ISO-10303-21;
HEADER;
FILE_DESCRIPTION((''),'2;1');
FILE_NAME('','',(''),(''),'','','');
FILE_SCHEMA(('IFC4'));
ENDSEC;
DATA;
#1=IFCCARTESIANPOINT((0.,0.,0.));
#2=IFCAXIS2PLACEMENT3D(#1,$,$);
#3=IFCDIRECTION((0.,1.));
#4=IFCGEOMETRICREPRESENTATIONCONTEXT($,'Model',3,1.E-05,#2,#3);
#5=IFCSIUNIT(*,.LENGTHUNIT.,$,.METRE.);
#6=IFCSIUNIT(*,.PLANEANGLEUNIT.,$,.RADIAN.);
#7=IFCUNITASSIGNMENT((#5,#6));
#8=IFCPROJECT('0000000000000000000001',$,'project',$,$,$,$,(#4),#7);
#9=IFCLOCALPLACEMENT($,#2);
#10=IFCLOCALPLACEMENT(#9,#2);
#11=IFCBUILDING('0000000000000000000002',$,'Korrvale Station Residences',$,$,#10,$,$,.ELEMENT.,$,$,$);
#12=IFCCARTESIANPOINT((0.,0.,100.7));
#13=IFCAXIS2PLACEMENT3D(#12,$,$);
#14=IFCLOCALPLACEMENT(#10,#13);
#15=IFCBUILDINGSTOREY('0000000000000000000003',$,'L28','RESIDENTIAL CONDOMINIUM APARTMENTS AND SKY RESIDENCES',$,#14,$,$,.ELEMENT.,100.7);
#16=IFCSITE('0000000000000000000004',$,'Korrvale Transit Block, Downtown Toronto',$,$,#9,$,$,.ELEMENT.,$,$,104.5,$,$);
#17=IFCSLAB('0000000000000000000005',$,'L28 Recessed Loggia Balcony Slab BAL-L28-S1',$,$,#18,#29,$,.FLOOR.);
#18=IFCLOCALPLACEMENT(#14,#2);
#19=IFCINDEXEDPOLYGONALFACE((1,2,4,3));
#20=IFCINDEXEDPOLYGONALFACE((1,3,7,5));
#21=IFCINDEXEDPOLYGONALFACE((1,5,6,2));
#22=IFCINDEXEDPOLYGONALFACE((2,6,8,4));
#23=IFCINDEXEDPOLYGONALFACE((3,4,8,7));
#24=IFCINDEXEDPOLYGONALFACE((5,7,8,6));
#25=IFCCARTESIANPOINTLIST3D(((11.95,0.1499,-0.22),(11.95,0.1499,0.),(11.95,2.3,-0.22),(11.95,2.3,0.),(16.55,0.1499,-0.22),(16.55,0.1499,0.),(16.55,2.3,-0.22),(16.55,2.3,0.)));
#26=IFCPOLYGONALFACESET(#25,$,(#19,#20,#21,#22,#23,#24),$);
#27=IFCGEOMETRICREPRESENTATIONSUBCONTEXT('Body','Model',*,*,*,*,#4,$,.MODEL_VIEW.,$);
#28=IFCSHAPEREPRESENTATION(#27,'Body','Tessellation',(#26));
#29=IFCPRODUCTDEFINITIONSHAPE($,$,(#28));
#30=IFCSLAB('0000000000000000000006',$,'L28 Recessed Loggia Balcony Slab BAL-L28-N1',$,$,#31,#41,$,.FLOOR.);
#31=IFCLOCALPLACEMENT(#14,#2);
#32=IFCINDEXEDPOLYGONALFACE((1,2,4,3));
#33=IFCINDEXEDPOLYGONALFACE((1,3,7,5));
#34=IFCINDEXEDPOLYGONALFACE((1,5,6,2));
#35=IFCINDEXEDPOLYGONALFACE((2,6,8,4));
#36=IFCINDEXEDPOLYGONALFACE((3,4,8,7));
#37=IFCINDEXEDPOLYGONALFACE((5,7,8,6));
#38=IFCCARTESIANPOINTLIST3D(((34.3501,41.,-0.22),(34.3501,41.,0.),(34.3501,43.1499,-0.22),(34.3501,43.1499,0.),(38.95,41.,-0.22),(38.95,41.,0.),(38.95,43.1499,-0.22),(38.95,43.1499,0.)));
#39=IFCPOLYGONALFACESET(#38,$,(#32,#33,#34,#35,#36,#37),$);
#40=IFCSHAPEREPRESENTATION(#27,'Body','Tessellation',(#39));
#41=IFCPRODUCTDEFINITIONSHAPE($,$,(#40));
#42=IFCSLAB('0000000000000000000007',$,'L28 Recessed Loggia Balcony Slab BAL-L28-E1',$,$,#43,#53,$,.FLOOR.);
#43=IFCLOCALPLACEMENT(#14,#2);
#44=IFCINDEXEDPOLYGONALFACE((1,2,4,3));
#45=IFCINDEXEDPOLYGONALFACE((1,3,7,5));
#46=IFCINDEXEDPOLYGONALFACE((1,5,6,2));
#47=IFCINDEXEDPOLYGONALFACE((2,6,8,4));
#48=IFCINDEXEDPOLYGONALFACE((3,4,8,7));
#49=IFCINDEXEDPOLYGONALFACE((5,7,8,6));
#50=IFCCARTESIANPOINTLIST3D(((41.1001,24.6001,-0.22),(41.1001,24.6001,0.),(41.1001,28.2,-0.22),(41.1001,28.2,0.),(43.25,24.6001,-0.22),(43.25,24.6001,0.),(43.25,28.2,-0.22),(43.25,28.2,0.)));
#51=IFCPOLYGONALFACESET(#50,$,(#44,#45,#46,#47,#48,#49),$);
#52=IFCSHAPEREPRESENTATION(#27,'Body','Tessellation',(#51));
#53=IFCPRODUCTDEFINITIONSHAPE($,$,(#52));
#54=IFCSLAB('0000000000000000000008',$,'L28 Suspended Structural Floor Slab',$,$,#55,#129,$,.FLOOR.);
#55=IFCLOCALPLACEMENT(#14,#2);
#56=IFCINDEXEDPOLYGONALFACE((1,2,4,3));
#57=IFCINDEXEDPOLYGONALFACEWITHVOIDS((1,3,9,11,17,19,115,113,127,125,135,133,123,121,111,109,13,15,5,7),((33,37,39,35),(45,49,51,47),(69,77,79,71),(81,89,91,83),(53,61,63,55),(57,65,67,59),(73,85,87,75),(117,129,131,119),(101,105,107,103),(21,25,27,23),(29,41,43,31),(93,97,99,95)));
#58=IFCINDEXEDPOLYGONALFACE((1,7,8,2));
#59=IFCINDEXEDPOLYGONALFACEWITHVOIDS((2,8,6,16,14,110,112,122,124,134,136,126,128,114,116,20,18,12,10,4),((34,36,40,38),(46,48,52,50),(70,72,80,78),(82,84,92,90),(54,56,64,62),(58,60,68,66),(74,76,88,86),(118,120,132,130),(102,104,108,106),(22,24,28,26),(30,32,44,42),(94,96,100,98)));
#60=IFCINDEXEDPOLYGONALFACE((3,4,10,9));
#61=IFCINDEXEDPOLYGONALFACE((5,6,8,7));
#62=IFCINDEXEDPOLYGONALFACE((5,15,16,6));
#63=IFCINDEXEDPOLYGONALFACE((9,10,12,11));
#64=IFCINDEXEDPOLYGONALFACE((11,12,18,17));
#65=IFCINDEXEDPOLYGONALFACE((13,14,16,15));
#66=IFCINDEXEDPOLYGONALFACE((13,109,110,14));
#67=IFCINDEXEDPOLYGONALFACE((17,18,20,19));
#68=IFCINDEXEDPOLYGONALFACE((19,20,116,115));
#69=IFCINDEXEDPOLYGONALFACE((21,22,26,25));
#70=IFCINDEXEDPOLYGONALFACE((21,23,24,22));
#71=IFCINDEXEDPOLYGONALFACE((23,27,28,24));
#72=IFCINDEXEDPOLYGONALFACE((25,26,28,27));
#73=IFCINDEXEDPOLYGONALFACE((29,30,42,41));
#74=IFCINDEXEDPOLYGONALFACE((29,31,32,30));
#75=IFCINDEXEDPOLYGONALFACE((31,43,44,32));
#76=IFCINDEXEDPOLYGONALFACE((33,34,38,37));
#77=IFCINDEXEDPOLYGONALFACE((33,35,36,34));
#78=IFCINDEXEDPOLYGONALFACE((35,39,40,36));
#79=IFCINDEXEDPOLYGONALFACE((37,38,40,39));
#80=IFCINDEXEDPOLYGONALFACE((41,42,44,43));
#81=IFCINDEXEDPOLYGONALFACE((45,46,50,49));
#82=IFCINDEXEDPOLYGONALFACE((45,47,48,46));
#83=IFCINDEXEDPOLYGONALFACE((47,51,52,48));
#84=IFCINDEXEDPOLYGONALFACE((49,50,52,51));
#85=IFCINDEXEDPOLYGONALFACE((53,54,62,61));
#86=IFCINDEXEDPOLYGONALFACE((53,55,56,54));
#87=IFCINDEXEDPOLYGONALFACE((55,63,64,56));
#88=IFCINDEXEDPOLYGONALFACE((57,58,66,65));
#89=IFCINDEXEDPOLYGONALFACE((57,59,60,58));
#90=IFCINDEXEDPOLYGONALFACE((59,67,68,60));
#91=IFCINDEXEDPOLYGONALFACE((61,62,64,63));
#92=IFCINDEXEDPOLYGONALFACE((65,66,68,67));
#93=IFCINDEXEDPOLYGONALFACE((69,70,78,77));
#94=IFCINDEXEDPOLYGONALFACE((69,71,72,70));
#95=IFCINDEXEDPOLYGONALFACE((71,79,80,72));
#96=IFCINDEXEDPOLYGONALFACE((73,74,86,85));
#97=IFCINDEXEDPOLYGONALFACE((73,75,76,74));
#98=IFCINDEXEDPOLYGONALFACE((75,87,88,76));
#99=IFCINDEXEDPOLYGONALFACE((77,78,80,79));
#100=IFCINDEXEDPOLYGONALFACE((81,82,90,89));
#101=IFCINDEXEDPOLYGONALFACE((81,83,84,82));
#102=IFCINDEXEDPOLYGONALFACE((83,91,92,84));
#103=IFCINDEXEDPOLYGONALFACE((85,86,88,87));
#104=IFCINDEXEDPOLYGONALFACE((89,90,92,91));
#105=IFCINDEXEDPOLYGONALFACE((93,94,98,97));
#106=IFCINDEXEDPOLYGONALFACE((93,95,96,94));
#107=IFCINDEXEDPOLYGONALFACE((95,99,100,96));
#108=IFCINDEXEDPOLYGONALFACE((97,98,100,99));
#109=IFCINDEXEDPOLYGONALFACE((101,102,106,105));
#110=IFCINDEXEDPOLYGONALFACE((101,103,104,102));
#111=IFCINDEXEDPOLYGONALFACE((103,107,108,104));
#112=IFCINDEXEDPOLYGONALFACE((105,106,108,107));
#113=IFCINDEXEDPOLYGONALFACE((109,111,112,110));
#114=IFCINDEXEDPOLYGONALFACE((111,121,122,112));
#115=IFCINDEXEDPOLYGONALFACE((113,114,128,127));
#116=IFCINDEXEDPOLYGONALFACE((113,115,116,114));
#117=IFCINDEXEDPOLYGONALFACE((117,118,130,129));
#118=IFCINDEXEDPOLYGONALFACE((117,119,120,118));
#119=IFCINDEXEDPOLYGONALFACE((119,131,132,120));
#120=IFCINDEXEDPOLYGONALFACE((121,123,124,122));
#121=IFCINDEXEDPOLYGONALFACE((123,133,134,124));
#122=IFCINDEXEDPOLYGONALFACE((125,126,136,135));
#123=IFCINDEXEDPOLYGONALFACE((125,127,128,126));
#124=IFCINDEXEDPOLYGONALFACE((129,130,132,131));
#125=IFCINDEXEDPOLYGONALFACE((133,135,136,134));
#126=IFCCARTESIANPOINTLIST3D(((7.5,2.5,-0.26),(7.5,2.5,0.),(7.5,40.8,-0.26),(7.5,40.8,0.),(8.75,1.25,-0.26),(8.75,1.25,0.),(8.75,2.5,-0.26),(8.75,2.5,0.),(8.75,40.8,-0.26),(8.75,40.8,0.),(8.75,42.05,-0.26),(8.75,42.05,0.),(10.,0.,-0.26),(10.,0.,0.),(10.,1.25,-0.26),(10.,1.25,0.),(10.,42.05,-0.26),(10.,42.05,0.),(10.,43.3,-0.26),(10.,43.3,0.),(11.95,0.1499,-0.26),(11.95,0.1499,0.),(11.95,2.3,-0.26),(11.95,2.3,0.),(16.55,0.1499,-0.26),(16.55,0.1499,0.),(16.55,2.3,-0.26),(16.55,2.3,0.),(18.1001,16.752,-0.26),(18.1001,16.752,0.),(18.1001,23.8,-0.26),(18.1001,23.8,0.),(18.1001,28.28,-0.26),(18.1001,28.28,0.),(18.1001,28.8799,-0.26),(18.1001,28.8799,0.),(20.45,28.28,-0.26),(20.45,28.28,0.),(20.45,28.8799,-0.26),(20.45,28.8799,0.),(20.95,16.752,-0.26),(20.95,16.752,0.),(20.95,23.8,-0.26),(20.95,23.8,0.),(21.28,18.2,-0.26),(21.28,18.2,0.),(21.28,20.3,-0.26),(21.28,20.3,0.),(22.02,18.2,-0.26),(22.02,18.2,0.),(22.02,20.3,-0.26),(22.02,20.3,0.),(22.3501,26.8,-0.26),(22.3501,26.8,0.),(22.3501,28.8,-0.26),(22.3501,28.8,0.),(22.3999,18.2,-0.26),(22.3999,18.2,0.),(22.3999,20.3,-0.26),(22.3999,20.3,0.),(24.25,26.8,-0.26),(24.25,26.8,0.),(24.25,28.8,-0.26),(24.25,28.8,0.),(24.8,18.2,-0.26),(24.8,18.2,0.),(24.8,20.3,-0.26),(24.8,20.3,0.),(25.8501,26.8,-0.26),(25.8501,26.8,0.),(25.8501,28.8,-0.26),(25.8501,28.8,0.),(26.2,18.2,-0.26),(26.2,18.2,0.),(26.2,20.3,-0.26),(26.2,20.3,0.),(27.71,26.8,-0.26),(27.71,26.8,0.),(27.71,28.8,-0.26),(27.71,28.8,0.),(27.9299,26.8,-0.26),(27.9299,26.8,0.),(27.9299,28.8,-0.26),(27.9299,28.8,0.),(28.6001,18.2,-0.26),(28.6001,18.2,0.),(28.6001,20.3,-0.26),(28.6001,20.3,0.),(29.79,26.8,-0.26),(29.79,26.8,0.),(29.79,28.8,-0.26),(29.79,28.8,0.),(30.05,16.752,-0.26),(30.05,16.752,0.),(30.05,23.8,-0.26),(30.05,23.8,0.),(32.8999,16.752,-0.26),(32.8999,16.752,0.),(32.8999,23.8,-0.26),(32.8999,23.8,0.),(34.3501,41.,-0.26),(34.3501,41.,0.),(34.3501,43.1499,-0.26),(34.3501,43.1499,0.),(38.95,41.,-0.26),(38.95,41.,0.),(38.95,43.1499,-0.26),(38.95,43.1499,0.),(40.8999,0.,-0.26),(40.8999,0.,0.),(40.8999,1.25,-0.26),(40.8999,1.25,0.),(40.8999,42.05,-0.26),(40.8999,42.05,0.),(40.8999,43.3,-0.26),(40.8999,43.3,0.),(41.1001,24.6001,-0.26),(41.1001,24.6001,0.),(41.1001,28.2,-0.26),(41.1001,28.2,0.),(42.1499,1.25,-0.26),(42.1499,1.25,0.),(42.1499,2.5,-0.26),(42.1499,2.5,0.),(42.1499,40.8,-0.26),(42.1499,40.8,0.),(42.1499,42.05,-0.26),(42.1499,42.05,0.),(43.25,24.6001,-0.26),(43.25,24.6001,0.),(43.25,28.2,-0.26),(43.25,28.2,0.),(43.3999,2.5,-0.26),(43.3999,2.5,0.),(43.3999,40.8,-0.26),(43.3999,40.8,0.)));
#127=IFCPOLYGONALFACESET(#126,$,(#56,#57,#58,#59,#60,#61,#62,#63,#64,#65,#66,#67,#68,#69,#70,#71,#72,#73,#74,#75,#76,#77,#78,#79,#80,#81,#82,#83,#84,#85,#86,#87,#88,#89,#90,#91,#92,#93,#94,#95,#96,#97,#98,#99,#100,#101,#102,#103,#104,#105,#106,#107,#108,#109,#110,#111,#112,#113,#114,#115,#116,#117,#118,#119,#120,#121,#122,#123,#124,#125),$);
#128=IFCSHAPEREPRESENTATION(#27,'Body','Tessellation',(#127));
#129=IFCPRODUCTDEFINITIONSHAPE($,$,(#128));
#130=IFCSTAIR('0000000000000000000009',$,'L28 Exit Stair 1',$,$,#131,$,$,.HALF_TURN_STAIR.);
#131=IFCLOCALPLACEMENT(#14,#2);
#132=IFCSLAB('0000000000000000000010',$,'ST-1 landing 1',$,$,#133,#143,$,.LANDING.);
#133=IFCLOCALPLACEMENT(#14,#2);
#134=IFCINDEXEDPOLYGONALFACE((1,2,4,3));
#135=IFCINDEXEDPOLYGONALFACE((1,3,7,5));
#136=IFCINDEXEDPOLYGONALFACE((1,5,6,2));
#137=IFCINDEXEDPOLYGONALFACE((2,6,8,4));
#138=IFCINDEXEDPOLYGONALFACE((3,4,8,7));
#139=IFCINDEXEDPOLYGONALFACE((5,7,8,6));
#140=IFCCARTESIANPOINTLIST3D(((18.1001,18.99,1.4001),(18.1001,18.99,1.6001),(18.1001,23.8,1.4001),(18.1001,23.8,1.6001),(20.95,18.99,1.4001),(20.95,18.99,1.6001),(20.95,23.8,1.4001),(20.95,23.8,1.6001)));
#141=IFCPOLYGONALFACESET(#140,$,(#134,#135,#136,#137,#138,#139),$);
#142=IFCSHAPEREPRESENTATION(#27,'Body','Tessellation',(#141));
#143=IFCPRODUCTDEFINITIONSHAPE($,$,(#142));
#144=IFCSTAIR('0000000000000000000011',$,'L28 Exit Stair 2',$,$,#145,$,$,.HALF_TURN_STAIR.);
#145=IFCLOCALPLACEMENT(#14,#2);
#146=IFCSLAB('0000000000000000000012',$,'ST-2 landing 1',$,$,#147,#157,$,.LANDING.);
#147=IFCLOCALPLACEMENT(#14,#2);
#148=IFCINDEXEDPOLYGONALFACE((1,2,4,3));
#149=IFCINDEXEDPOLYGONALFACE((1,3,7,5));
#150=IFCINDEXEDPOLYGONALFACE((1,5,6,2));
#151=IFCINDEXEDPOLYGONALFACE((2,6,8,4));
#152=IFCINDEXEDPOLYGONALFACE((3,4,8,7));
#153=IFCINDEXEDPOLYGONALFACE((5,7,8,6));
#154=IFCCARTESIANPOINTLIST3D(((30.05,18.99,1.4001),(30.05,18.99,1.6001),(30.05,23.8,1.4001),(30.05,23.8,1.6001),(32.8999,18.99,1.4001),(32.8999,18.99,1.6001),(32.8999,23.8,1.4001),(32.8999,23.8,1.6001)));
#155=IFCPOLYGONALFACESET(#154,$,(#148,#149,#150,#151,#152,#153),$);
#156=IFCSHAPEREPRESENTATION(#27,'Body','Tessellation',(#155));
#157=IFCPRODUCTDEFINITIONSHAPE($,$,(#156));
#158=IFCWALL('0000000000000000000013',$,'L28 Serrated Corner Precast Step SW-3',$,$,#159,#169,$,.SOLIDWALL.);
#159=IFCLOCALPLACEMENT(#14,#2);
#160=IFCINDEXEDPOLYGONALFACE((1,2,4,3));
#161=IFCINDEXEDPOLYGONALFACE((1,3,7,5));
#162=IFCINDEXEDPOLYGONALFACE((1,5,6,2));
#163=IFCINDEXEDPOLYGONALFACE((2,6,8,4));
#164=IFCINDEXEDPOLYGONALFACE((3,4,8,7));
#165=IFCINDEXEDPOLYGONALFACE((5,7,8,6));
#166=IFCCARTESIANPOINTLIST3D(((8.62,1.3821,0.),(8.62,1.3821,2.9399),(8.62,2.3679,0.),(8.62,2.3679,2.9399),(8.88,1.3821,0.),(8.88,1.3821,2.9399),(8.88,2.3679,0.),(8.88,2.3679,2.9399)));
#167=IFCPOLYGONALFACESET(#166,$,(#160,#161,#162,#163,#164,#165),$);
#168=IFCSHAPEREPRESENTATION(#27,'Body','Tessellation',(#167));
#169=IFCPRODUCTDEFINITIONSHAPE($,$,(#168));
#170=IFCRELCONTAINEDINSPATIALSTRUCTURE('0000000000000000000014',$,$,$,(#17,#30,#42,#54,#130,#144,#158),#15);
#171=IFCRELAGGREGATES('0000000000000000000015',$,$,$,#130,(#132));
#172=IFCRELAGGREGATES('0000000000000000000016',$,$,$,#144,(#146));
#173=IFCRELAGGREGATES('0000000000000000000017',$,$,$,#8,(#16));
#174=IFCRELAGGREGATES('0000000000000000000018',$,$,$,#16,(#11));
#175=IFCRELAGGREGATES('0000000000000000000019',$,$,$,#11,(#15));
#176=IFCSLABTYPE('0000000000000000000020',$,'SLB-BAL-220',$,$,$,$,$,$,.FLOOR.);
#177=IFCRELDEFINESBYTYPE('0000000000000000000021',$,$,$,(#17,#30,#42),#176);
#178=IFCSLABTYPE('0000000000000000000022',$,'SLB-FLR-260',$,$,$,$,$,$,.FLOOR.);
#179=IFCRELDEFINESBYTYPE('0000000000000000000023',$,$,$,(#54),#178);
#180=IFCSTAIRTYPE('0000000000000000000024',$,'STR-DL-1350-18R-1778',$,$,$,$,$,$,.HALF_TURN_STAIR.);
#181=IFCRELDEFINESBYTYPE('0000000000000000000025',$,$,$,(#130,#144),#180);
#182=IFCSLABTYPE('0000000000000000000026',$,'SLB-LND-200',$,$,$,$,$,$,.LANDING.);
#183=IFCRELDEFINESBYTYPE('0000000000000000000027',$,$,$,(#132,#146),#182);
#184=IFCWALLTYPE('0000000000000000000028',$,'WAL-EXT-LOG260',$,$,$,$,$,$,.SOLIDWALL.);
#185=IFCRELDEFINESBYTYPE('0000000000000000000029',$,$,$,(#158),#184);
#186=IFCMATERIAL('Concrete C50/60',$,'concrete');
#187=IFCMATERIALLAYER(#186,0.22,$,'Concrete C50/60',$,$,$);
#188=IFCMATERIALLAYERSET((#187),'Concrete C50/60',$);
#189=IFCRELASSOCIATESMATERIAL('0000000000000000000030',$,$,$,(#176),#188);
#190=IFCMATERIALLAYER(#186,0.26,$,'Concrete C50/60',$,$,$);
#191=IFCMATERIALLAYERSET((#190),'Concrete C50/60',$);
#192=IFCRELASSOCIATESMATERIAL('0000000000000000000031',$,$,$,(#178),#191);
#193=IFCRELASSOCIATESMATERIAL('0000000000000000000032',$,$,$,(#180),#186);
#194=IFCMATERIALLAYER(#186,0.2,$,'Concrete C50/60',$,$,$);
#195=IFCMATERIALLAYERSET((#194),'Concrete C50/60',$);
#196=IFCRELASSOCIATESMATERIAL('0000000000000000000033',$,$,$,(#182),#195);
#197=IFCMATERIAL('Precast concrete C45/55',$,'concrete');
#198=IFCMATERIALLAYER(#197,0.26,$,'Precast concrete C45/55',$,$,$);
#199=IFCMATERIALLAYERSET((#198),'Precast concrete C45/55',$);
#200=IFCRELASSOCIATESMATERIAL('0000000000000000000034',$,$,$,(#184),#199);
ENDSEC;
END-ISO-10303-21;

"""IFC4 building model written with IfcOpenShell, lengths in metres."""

from ifc_helpers import new_model, si_unit, direction, frame, frame_2d, origin, place, context, subcontext, project, spatial, polyline, rectangle, outline, extrude, material, layer, layer_set, type_object, element, aggregate, save


model = new_model("IFC4")

# Units and contexts
model_context = context("Model", 3, precision=1e-05, world=origin(), true_north=direction((0.0, 1.0)))
body_context = subcontext(model_context, "Body", "Model", "MODEL_VIEW")
ifc_project = project(units=[si_unit("LENGTHUNIT", "METRE"), si_unit("PLANEANGLEUNIT", "RADIAN")], contexts=[model_context])

# Site, building, storey
site_placement = place(None, origin())
site = spatial("IfcSite", under=ifc_project, at=site_placement, Name="Korrvale Transit Block, Downtown Toronto", CompositionType="ELEMENT", RefElevation=104.5)
building_placement = place(site_placement, origin())
building = spatial("IfcBuilding", under=site, at=building_placement, Name="Korrvale Station Residences", CompositionType="ELEMENT")
storey_placement = place(building_placement, frame((0.0, 0.0, 100.7)))
storey = spatial("IfcBuildingStorey", under=building, at=storey_placement, Name="L28", Description="RESIDENTIAL CONDOMINIUM APARTMENTS AND SKY RESIDENCES", CompositionType="ELEMENT", Elevation=100.7)

# Slabs
ifc_material_1 = material(Name="Concrete C50/60", Category="concrete")
ifc_layer_1 = layer(ifc_material_1, 0.22, Name="Concrete C50/60")
ifc_layer_set_1 = layer_set([ifc_layer_1], Name="Concrete C50/60")
slab_type_1 = type_object("IfcSlabType", Name="SLB-BAL-220", PredefinedType="FLOOR", material=ifc_layer_set_1)
slab_1_placement = place(storey_placement, frame((0.0, 0.0, -0.22)))
element("IfcSlab", 1, at=slab_1_placement, inside=storey, type_object=slab_type_1, Name="L28 Recessed Loggia Balcony Slab BAL-L28-S1", PredefinedType="FLOOR", context=body_context, shape_type="SweptSolid", body=[
    extrude(outline(polyline([(11.95, 0.1499), (16.55, 0.1499), (16.55, 2.3), (11.95, 2.3), (11.95, 0.1499)])), origin(), (0.0, 0.0, 1.0), 0.22),
])
slab_2_placement = place(storey_placement, frame((0.0, 0.0, -0.22)))
element("IfcSlab", 2, at=slab_2_placement, inside=storey, type_object=slab_type_1, Name="L28 Recessed Loggia Balcony Slab BAL-L28-N1", PredefinedType="FLOOR", context=body_context, shape_type="SweptSolid", body=[
    extrude(outline(polyline([(34.3501, 41.0), (38.95, 41.0), (38.95, 43.1499), (34.3501, 43.1499), (34.3501, 41.0)])), origin(), (0.0, 0.0, 1.0), 0.22),
])
slab_3_placement = place(storey_placement, frame((0.0, 0.0, -0.22)))
element("IfcSlab", 3, at=slab_3_placement, inside=storey, type_object=slab_type_1, Name="L28 Recessed Loggia Balcony Slab BAL-L28-E1", PredefinedType="FLOOR", context=body_context, shape_type="SweptSolid", body=[
    extrude(outline(polyline([(41.1001, 24.6001), (43.25, 24.6001), (43.25, 28.2), (41.1001, 28.2), (41.1001, 24.6001)])), origin(), (0.0, 0.0, 1.0), 0.22),
])
ifc_layer_2 = layer(ifc_material_1, 0.26, Name="Concrete C50/60")
ifc_layer_set_2 = layer_set([ifc_layer_2], Name="Concrete C50/60")
slab_type_2 = type_object("IfcSlabType", Name="SLB-FLR-260", PredefinedType="FLOOR", material=ifc_layer_set_2)
slab_4_placement = place(storey_placement, frame((0.0, 0.0, -0.26)))
element("IfcSlab", 4, at=slab_4_placement, inside=storey, type_object=slab_type_2, Name="L28 Suspended Structural Floor Slab", PredefinedType="FLOOR", context=body_context, shape_type="SweptSolid", body=[
    extrude(outline(polyline([(10.0, 0.0), (40.8999, 0.0), (40.8999, 1.25), (42.1499, 1.25), (42.1499, 2.5), (43.3999, 2.5), (43.3999, 40.8), (42.1499, 40.8), (42.1499, 42.05), (40.8999, 42.05), (40.8999, 43.3), (10.0, 43.3), (10.0, 42.05), (8.75, 42.05), (8.75, 40.8), (7.5, 40.8), (7.5, 2.5), (8.75, 2.5), (8.75, 1.25), (10.0, 1.25), (10.0, 0.0)]), holes=[polyline([(20.95, 16.752), (20.95, 23.8), (18.1001, 23.8), (18.1001, 16.752), (20.95, 16.752)]), polyline([(32.8999, 16.752), (32.8999, 23.8), (30.05, 23.8), (30.05, 16.752), (32.8999, 16.752)]), polyline([(22.3501, 26.8), (24.25, 26.8), (24.25, 28.8), (22.3501, 28.8), (22.3501, 26.8)]), polyline([(25.8501, 26.8), (27.71, 26.8), (27.71, 28.8), (25.8501, 28.8), (25.8501, 26.8)]), polyline([(27.9299, 26.8), (29.79, 26.8), (29.79, 28.8), (27.9299, 28.8), (27.9299, 26.8)]), polyline([(22.3999, 18.2), (24.8, 18.2), (24.8, 20.3), (22.3999, 20.3), (22.3999, 18.2)]), polyline([(26.2, 18.2), (28.6001, 18.2), (28.6001, 20.3), (26.2, 20.3), (26.2, 18.2)]), polyline([(18.1001, 28.28), (20.45, 28.28), (20.45, 28.8799), (18.1001, 28.8799), (18.1001, 28.28)]), polyline([(21.28, 18.2), (22.02, 18.2), (22.02, 20.3), (21.28, 20.3), (21.28, 18.2)]), polyline([(11.95, 0.1499), (16.55, 0.1499), (16.55, 2.3), (11.95, 2.3), (11.95, 0.1499)]), polyline([(34.3501, 41.0), (38.95, 41.0), (38.95, 43.1499), (34.3501, 43.1499), (34.3501, 41.0)]), polyline([(41.1001, 24.6001), (43.25, 24.6001), (43.25, 28.2), (41.1001, 28.2), (41.1001, 24.6001)])]), origin(), (0.0, 0.0, 1.0), 0.26),
])

# Stairs, slabs
stair_type = type_object("IfcStairType", Name="STR-DL-1350-18R-1778", PredefinedType="HALF_TURN_STAIR", material=ifc_material_1)
stair_1_placement = place(storey_placement, origin())
stair_1 = element("IfcStair", 5, at=stair_1_placement, inside=storey, type_object=stair_type, Name="L28 Exit Stair 1", PredefinedType="HALF_TURN_STAIR")
ifc_layer_3 = layer(ifc_material_1, 0.2, Name="Concrete C50/60")
ifc_layer_set_3 = layer_set([ifc_layer_3], Name="Concrete C50/60")
slab_type_3 = type_object("IfcSlabType", Name="SLB-LND-200", PredefinedType="LANDING", material=ifc_layer_set_3)
slab_5_placement = place(storey_placement, frame((0.0, 0.0, 1.4001)))
slab_5 = element("IfcSlab", 6, at=slab_5_placement, type_object=slab_type_3, Name="ST-1 landing 1", PredefinedType="LANDING", context=body_context, shape_type="SweptSolid", body=[
    extrude(outline(polyline([(20.95, 18.99), (20.95, 23.8), (18.1001, 23.8), (18.1001, 18.99), (20.95, 18.99)])), origin(), (0.0, 0.0, 1.0), 0.2),
])
aggregate(stair_1, [slab_5])
stair_2_placement = place(storey_placement, origin())
stair_2 = element("IfcStair", 7, at=stair_2_placement, inside=storey, type_object=stair_type, Name="L28 Exit Stair 2", PredefinedType="HALF_TURN_STAIR")
slab_6_placement = place(storey_placement, frame((0.0, 0.0, 1.4001)))
slab_6 = element("IfcSlab", 8, at=slab_6_placement, type_object=slab_type_3, Name="ST-2 landing 1", PredefinedType="LANDING", context=body_context, shape_type="SweptSolid", body=[
    extrude(outline(polyline([(32.8999, 18.99), (32.8999, 23.8), (30.05, 23.8), (30.05, 18.99), (32.8999, 18.99)])), origin(), (0.0, 0.0, 1.0), 0.2),
])
aggregate(stair_2, [slab_6])

# Wall
ifc_material_2 = material(Name="Precast concrete C45/55", Category="concrete")
ifc_layer_4 = layer(ifc_material_2, 0.26, Name="Precast concrete C45/55")
ifc_layer_set_4 = layer_set([ifc_layer_4], Name="Precast concrete C45/55")
wall_type_1 = type_object("IfcWallType", Name="WAL-EXT-LOG260", PredefinedType="SOLIDWALL", material=ifc_layer_set_4)
wall_1_placement = place(storey_placement, frame((8.75, 1.3821, 0.0), z_axis=(0.0, 0.0, 1.0), x_axis=(0.0, 1.0, 0.0)))
element("IfcWall", 9, at=wall_1_placement, inside=storey, type_object=wall_type_1, Name="L28 Serrated Corner Precast Step SW-3", PredefinedType="SOLIDWALL", context=body_context, shape_type="SweptSolid", body=[
    extrude(rectangle(XDim=0.9858, YDim=0.26, at=frame_2d((0.4929, 0.0))), origin(), (0.0, 0.0, 1.0), 2.9399),
])

save(model, "model.ifc")
